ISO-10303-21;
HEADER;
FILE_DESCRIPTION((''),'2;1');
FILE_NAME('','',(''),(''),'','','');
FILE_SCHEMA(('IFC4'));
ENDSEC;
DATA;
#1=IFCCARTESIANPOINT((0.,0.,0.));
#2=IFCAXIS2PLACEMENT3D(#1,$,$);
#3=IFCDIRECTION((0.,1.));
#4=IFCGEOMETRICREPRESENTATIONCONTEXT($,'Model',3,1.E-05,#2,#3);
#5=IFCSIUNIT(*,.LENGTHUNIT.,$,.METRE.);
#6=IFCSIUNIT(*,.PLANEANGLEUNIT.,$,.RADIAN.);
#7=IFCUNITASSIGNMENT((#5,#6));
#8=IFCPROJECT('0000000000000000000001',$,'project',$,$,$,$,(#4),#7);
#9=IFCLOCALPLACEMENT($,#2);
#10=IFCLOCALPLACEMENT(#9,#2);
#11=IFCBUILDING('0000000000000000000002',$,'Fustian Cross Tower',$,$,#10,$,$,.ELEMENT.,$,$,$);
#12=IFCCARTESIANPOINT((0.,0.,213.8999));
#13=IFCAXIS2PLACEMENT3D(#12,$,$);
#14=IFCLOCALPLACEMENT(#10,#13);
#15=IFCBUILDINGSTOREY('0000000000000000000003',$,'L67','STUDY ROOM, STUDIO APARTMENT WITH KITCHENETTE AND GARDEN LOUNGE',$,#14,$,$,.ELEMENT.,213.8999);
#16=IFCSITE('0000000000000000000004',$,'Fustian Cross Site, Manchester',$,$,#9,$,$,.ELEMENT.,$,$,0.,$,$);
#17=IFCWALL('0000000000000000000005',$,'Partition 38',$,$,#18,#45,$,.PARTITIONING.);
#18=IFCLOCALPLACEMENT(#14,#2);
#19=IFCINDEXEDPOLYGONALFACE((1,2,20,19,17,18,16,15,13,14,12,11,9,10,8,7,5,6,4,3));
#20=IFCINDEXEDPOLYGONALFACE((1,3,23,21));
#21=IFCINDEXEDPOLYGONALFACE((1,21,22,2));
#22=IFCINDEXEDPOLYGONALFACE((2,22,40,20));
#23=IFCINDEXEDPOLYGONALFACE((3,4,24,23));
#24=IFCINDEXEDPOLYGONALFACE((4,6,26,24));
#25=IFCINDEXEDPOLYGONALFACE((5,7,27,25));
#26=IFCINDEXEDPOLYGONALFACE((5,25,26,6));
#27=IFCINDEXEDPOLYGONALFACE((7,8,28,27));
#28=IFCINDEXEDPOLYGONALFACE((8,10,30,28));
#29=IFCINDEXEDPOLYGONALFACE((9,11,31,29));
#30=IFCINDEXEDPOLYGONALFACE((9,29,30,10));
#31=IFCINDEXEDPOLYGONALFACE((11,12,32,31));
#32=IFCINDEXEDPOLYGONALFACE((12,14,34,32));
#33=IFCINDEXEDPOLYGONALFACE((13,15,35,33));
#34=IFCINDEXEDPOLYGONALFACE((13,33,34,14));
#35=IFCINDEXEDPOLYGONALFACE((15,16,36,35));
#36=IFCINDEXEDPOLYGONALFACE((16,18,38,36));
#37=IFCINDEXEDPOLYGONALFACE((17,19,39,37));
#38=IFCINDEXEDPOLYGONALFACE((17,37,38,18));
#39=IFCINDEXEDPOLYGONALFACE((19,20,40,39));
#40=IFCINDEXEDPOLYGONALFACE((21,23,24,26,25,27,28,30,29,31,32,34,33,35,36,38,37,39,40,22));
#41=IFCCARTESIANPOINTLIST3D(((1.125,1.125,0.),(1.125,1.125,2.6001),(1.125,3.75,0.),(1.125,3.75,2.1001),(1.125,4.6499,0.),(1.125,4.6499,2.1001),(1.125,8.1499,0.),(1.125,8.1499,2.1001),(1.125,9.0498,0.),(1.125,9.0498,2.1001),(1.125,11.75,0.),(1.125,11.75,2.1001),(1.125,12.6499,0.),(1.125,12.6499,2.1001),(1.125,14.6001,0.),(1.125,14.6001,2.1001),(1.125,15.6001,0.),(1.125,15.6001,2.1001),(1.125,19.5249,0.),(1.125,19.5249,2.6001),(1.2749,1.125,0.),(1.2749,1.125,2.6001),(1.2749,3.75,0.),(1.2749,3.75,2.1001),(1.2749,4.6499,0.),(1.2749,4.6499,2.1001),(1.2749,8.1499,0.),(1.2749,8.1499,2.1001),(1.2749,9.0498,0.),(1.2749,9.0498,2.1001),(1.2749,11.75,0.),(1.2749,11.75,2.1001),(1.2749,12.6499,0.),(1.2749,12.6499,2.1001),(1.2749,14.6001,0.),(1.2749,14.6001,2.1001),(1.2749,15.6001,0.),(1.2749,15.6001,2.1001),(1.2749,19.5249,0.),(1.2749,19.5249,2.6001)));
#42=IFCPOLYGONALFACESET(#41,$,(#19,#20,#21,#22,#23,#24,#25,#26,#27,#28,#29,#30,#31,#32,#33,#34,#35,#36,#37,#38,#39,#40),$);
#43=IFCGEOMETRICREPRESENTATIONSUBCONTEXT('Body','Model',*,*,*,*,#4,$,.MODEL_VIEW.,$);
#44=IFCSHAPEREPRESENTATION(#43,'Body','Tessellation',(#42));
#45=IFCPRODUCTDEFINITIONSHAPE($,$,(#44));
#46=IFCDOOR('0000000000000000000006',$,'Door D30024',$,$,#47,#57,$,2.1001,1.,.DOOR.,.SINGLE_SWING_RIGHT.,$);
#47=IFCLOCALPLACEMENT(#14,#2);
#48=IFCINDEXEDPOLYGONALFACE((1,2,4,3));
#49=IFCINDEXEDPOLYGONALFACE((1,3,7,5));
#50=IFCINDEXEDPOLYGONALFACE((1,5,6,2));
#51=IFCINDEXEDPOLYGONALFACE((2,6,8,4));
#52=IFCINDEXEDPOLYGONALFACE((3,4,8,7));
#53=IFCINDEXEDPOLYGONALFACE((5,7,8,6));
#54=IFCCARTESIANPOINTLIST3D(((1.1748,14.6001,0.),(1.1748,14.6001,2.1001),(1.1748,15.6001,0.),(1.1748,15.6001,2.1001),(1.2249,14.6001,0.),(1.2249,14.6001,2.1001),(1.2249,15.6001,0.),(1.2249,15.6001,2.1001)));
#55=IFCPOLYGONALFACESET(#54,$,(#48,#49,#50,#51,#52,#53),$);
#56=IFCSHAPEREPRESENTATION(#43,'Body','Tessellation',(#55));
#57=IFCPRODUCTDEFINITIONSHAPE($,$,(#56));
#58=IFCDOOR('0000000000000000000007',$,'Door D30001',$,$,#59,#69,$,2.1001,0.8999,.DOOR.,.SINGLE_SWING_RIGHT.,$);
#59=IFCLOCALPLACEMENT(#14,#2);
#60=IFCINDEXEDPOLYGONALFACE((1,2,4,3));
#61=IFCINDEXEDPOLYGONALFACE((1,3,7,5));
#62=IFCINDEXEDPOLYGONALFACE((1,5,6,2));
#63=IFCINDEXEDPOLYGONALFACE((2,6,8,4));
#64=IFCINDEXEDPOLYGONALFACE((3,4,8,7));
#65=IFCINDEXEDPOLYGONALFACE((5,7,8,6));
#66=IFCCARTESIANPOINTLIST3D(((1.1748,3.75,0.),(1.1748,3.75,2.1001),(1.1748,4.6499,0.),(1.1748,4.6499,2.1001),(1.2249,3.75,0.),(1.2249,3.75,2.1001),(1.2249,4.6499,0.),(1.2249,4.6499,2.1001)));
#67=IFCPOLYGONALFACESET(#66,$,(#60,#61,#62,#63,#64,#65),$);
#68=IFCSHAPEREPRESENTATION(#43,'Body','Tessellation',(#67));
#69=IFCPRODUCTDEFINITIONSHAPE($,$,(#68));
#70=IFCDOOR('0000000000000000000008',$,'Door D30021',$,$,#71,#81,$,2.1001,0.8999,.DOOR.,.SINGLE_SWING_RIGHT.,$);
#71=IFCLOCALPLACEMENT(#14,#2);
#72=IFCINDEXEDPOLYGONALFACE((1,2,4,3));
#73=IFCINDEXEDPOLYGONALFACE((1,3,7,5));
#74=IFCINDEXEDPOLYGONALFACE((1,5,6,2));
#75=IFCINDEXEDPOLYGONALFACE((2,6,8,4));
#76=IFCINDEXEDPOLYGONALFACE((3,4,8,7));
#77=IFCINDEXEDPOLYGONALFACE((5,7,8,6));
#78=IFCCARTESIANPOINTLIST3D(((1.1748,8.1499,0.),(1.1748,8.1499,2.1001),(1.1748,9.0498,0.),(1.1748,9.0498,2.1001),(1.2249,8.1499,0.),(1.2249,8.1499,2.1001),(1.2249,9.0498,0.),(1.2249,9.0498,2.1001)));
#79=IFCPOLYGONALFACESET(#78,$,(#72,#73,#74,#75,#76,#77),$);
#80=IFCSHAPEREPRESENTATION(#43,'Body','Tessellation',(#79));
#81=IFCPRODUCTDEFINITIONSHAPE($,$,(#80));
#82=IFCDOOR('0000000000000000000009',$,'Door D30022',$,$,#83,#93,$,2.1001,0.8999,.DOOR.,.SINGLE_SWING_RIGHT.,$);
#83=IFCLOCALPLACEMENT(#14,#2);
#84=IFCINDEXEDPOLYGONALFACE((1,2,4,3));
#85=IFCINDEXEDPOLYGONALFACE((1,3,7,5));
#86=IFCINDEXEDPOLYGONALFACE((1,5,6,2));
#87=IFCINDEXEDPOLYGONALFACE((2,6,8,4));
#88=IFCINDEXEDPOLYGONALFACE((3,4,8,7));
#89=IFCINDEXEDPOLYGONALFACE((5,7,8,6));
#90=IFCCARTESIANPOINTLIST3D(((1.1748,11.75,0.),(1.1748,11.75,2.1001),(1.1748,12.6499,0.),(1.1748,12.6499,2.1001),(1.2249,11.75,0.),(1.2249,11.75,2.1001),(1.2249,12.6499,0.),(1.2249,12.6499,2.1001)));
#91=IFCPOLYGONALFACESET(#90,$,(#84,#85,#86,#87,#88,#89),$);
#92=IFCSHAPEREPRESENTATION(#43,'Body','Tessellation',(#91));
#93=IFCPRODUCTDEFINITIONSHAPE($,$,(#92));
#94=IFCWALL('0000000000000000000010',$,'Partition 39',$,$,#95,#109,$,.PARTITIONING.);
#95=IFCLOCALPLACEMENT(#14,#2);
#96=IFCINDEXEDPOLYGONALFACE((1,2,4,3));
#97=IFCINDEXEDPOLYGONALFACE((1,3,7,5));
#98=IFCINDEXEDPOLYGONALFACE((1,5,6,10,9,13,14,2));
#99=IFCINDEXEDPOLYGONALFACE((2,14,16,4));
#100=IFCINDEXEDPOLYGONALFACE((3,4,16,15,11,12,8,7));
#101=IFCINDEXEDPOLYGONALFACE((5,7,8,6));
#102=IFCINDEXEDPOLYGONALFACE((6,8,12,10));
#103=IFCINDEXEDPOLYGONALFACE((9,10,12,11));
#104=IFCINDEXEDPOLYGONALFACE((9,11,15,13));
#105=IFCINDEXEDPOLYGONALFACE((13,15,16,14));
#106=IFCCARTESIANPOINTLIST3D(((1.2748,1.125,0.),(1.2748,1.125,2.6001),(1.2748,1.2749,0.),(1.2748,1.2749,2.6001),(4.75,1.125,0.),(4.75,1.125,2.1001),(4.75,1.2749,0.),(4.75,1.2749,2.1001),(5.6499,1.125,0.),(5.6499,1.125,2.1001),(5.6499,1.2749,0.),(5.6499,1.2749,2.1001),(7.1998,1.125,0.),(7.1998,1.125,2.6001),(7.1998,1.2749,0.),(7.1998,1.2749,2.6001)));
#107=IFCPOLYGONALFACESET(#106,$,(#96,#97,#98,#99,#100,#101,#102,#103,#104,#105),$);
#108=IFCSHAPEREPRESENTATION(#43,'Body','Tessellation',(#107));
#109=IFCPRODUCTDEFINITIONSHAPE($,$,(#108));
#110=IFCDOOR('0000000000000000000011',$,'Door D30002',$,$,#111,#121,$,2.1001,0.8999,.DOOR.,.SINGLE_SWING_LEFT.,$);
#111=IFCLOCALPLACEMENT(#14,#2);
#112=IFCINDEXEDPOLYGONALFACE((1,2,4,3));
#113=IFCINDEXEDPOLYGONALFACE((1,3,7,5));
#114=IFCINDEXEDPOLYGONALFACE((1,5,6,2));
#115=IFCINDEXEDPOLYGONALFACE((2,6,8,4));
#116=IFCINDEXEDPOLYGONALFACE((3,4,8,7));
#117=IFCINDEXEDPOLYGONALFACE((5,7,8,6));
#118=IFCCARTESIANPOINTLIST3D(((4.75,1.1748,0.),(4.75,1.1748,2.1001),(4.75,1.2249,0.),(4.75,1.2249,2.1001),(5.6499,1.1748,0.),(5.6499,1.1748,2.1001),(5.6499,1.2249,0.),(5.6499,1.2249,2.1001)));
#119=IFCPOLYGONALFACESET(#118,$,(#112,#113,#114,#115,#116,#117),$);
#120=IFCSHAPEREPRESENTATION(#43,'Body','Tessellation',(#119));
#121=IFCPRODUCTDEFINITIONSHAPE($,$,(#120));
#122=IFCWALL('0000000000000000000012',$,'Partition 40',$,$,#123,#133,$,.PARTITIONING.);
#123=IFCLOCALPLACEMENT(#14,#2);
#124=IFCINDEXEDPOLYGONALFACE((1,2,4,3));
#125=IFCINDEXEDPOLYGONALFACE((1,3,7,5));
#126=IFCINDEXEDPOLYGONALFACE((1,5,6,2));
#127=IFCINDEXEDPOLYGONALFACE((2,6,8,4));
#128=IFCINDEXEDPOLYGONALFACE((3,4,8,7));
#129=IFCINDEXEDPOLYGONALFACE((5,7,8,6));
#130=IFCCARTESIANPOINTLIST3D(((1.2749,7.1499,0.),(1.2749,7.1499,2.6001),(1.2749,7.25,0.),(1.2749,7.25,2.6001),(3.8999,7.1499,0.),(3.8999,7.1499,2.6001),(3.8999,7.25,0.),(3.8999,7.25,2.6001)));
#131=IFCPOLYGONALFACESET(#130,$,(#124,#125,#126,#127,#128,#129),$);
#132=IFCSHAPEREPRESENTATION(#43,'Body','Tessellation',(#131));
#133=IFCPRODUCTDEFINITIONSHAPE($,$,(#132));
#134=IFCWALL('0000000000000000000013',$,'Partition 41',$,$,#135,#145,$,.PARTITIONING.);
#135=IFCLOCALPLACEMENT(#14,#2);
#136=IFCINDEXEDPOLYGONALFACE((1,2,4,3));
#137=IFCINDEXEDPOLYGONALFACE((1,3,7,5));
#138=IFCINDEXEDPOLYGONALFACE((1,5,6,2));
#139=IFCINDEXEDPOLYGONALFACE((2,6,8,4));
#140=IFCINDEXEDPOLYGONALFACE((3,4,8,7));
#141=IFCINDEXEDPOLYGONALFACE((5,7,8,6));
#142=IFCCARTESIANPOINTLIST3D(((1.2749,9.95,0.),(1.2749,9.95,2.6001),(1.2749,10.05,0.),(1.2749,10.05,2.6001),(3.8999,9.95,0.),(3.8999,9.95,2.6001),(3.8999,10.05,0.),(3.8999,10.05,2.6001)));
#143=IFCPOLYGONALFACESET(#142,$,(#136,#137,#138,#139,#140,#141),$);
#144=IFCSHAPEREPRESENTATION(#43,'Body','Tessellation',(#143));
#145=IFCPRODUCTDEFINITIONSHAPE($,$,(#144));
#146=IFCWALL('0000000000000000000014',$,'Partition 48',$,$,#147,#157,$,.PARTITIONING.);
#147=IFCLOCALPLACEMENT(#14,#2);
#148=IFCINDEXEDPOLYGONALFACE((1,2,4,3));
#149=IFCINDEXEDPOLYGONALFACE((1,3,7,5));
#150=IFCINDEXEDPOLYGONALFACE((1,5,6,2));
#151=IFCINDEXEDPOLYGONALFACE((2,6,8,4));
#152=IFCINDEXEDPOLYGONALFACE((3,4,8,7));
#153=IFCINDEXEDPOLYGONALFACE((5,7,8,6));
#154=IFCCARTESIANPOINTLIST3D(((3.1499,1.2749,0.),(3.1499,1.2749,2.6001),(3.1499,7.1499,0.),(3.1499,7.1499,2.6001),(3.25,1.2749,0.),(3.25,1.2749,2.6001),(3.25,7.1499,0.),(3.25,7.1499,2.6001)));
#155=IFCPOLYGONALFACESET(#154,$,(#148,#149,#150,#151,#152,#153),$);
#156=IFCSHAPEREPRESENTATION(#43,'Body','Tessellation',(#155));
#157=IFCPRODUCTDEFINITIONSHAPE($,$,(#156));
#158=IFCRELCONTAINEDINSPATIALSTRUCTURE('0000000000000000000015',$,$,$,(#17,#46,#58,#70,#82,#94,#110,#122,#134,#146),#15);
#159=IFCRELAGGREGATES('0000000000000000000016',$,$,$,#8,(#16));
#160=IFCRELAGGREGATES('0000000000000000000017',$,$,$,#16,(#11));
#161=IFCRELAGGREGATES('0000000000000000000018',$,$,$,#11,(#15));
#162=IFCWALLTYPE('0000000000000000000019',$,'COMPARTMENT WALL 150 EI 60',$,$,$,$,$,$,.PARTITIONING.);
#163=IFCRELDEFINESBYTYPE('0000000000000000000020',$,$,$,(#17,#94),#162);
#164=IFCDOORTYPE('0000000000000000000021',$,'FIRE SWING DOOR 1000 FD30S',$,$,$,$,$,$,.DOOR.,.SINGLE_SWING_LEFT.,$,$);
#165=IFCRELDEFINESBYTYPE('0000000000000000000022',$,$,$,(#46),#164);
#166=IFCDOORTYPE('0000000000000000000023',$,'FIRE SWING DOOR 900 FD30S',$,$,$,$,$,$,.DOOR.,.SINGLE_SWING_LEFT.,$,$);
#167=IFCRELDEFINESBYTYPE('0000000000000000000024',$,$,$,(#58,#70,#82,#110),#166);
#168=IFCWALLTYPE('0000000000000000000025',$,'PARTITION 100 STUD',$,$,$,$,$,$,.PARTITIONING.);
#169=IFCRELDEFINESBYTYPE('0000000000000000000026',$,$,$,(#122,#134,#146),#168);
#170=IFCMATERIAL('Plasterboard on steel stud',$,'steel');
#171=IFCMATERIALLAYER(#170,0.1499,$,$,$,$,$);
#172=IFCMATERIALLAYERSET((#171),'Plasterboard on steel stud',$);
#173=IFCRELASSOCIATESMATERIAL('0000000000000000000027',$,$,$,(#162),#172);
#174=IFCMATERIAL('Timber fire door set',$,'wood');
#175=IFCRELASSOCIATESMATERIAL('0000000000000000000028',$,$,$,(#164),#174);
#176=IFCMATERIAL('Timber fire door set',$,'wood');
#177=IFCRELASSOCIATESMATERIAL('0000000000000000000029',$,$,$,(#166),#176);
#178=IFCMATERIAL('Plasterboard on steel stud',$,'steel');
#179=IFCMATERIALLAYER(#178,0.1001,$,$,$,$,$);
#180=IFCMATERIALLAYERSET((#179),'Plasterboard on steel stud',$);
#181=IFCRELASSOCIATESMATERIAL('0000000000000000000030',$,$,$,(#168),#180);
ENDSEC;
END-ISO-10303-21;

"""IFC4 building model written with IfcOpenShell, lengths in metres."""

from ifc_helpers import new_model, si_unit, direction, frame, frame_2d, origin, place, context, subcontext, project, spatial, rectangle, extrude, material, layer, layer_set, type_object, element, fill, save


model = new_model("IFC4")

# Units and contexts
model_context = context("Model", 3, precision=1e-05, world=origin(), true_north=direction((0.0, 1.0)))
body_context = subcontext(model_context, "Body", "Model", "MODEL_VIEW")
ifc_project = project(units=[si_unit("LENGTHUNIT", "METRE"), si_unit("PLANEANGLEUNIT", "RADIAN")], contexts=[model_context])

# Site, building, storey
site_placement = place(None, origin())
site = spatial("IfcSite", under=ifc_project, at=site_placement, Name="Fustian Cross Site, Manchester", CompositionType="ELEMENT", RefElevation=0.0)
building_placement = place(site_placement, origin())
building = spatial("IfcBuilding", under=site, at=building_placement, Name="Fustian Cross Tower", CompositionType="ELEMENT")
storey_placement = place(building_placement, frame((0.0, 0.0, 213.8999)))
storey = spatial("IfcBuildingStorey", under=building, at=storey_placement, Name="L67", Description="STUDY ROOM, STUDIO APARTMENT WITH KITCHENETTE AND GARDEN LOUNGE", CompositionType="ELEMENT", Elevation=213.8999)

# Wall, openings, doors
ifc_material_1 = material(Name="Plasterboard on steel stud", Category="steel")
ifc_layer_1 = layer(ifc_material_1, 0.1499)
ifc_layer_set_1 = layer_set([ifc_layer_1], Name="Plasterboard on steel stud")
wall_type_1 = type_object("IfcWallType", Name="COMPARTMENT WALL 150 EI 60", PredefinedType="PARTITIONING", material=ifc_layer_set_1)
wall_1_placement = place(storey_placement, frame((1.2, 1.125, 0.0), z_axis=(0.0, 0.0, 1.0), x_axis=(0.0, 1.0, 0.0)))
wall_1 = element("IfcWall", 1, at=wall_1_placement, inside=storey, type_object=wall_type_1, Name="Partition 38", PredefinedType="PARTITIONING", context=body_context, shape_type="SweptSolid", body=[
    extrude(rectangle(XDim=18.3999, YDim=0.1499, at=frame_2d((9.2, 0.0))), origin(), (0.0, 0.0, 1.0), 2.6001),
])
opening_1_placement = place(wall_1_placement, frame((2.625, 0.0, 0.0)))
opening_1 = element("IfcOpeningElement", 2, at=opening_1_placement, cuts=wall_1, PredefinedType="OPENING", context=body_context, shape_type="SweptSolid", body=[
    extrude(rectangle(XDim=0.8999, YDim=2.1001, at=frame_2d((0.45, 1.05))), frame((0.0, 0.085, 0.0), z_axis=(0.0, -1.0, 0.0), x_axis=(1.0, 0.0, 0.0)), (0.0, 0.0, 1.0), 0.1699),
])
opening_2_placement = place(wall_1_placement, frame((7.0249, 0.0, 0.0)))
opening_2 = element("IfcOpeningElement", 3, at=opening_2_placement, cuts=wall_1, PredefinedType="OPENING", context=body_context, shape_type="SweptSolid", body=[
    extrude(rectangle(XDim=0.8999, YDim=2.1001, at=frame_2d((0.45, 1.05))), frame((0.0, 0.085, 0.0), z_axis=(0.0, -1.0, 0.0), x_axis=(1.0, 0.0, 0.0)), (0.0, 0.0, 1.0), 0.1699),
])
opening_3_placement = place(wall_1_placement, frame((10.625, 0.0, 0.0)))
opening_3 = element("IfcOpeningElement", 4, at=opening_3_placement, cuts=wall_1, PredefinedType="OPENING", context=body_context, shape_type="SweptSolid", body=[
    extrude(rectangle(XDim=0.8999, YDim=2.1001, at=frame_2d((0.45, 1.05))), frame((0.0, 0.085, 0.0), z_axis=(0.0, -1.0, 0.0), x_axis=(1.0, 0.0, 0.0)), (0.0, 0.0, 1.0), 0.1699),
])
opening_4_placement = place(wall_1_placement, frame((13.4751, 0.0, 0.0)))
opening_4 = element("IfcOpeningElement", 5, at=opening_4_placement, cuts=wall_1, PredefinedType="OPENING", context=body_context, shape_type="SweptSolid", body=[
    extrude(rectangle(XDim=1.0, YDim=2.1001, at=frame_2d((0.5, 1.05))), frame((0.0, 0.085, 0.0), z_axis=(0.0, -1.0, 0.0), x_axis=(1.0, 0.0, 0.0)), (0.0, 0.0, 1.0), 0.1699),
])
ifc_material_2 = material(Name="Timber fire door set", Category="wood")
door_type_1 = type_object("IfcDoorType", Name="FIRE SWING DOOR 1000 FD30S", OperationType="SINGLE_SWING_LEFT", PredefinedType="DOOR", material=ifc_material_2)
door_1_placement = place(opening_4_placement, frame((1.0, 0.0, 0.0), z_axis=(0.0, 0.0, 1.0), x_axis=(-1.0, 0.0, 0.0)))
door_1 = element("IfcDoor", 6, at=door_1_placement, inside=storey, type_object=door_type_1, Name="Door D30024", OperationType="SINGLE_SWING_RIGHT", OverallHeight=2.1001, OverallWidth=1.0, PredefinedType="DOOR", context=body_context, shape_type="SweptSolid", body=[
    extrude(rectangle(XDim=1.0, YDim=2.1001, at=frame_2d((0.5, 1.05))), frame((0.0, 0.0249, 0.0), z_axis=(0.0, -1.0, 0.0), x_axis=(1.0, 0.0, 0.0)), (0.0, 0.0, 1.0), 0.05),
])
fill(opening_4, door_1)
ifc_material_3 = material(Name="Timber fire door set", Category="wood")
door_type_2 = type_object("IfcDoorType", Name="FIRE SWING DOOR 900 FD30S", OperationType="SINGLE_SWING_LEFT", PredefinedType="DOOR", material=ifc_material_3)
door_2_placement = place(opening_1_placement, frame((0.8999, 0.0, 0.0), z_axis=(0.0, 0.0, 1.0), x_axis=(-1.0, 0.0, 0.0)))
door_2 = element("IfcDoor", 7, at=door_2_placement, inside=storey, type_object=door_type_2, Name="Door D30001", OperationType="SINGLE_SWING_RIGHT", OverallHeight=2.1001, OverallWidth=0.8999, PredefinedType="DOOR", context=body_context, shape_type="SweptSolid", body=[
    extrude(rectangle(XDim=0.8999, YDim=2.1001, at=frame_2d((0.45, 1.05))), frame((0.0, 0.0249, 0.0), z_axis=(0.0, -1.0, 0.0), x_axis=(1.0, 0.0, 0.0)), (0.0, 0.0, 1.0), 0.05),
])
fill(opening_1, door_2)
door_3_placement = place(opening_2_placement, frame((0.8999, 0.0, 0.0), z_axis=(0.0, 0.0, 1.0), x_axis=(-1.0, 0.0, 0.0)))
door_3 = element("IfcDoor", 8, at=door_3_placement, inside=storey, type_object=door_type_2, Name="Door D30021", OperationType="SINGLE_SWING_RIGHT", OverallHeight=2.1001, OverallWidth=0.8999, PredefinedType="DOOR", context=body_context, shape_type="SweptSolid", body=[
    extrude(rectangle(XDim=0.8999, YDim=2.1001, at=frame_2d((0.45, 1.05))), frame((0.0, 0.0249, 0.0), z_axis=(0.0, -1.0, 0.0), x_axis=(1.0, 0.0, 0.0)), (0.0, 0.0, 1.0), 0.05),
])
fill(opening_2, door_3)
door_4_placement = place(opening_3_placement, frame((0.8999, 0.0, 0.0), z_axis=(0.0, 0.0, 1.0), x_axis=(-1.0, 0.0, 0.0)))
door_4 = element("IfcDoor", 9, at=door_4_placement, inside=storey, type_object=door_type_2, Name="Door D30022", OperationType="SINGLE_SWING_RIGHT", OverallHeight=2.1001, OverallWidth=0.8999, PredefinedType="DOOR", context=body_context, shape_type="SweptSolid", body=[
    extrude(rectangle(XDim=0.8999, YDim=2.1001, at=frame_2d((0.45, 1.05))), frame((0.0, 0.0249, 0.0), z_axis=(0.0, -1.0, 0.0), x_axis=(1.0, 0.0, 0.0)), (0.0, 0.0, 1.0), 0.05),
])
fill(opening_3, door_4)

# Wall, opening, door
wall_2_placement = place(storey_placement, frame((1.2749, 1.2, 0.0), z_axis=(0.0, 0.0, 1.0), x_axis=(1.0, 0.0, 0.0)))
wall_2 = element("IfcWall", 10, at=wall_2_placement, inside=storey, type_object=wall_type_1, Name="Partition 39", PredefinedType="PARTITIONING", context=body_context, shape_type="SweptSolid", body=[
    extrude(rectangle(XDim=5.925, YDim=0.1499, at=frame_2d((2.9624, 0.0))), origin(), (0.0, 0.0, 1.0), 2.6001),
])
opening_5_placement = place(wall_2_placement, frame((3.4751, 0.0, 0.0)))
opening_5 = element("IfcOpeningElement", 11, at=opening_5_placement, cuts=wall_2, PredefinedType="OPENING", context=body_context, shape_type="SweptSolid", body=[
    extrude(rectangle(XDim=0.8999, YDim=2.1001, at=frame_2d((0.45, 1.05))), frame((0.0, 0.085, 0.0), z_axis=(0.0, -1.0, 0.0), x_axis=(1.0, 0.0, 0.0)), (0.0, 0.0, 1.0), 0.1699),
])
door_5_placement = place(opening_5_placement, origin())
door_5 = element("IfcDoor", 12, at=door_5_placement, inside=storey, type_object=door_type_2, Name="Door D30002", OperationType="SINGLE_SWING_LEFT", OverallHeight=2.1001, OverallWidth=0.8999, PredefinedType="DOOR", context=body_context, shape_type="SweptSolid", body=[
    extrude(rectangle(XDim=0.8999, YDim=2.1001, at=frame_2d((0.45, 1.05))), frame((0.0, 0.0249, 0.0), z_axis=(0.0, -1.0, 0.0), x_axis=(1.0, 0.0, 0.0)), (0.0, 0.0, 1.0), 0.05),
])
fill(opening_5, door_5)

# Walls
ifc_material_4 = material(Name="Plasterboard on steel stud", Category="steel")
ifc_layer_2 = layer(ifc_material_4, 0.1001)
ifc_layer_set_2 = layer_set([ifc_layer_2], Name="Plasterboard on steel stud")
wall_type_2 = type_object("IfcWallType", Name="PARTITION 100 STUD", PredefinedType="PARTITIONING", material=ifc_layer_set_2)
for number, where, z_axis, x_axis, name in (
    (13, (1.2749, 7.2, 0.0), (0.0, 0.0, 1.0), (1.0, 0.0, 0.0), "Partition 40"),
    (14, (1.2749, 10.0, 0.0), (0.0, 0.0, 1.0), (1.0, 0.0, 0.0), "Partition 41"),
):
    element("IfcWall", number, at=place(storey_placement, frame(where, z_axis=z_axis, x_axis=x_axis)), inside=storey, type_object=wall_type_2, Name=name, PredefinedType="PARTITIONING", context=body_context, shape_type="SweptSolid", body=[
        extrude(rectangle(XDim=2.625, YDim=0.1001, at=frame_2d((1.3125, 0.0))), origin(), (0.0, 0.0, 1.0), 2.6001),
    ])
wall_3_placement = place(storey_placement, frame((3.2, 1.2749, 0.0), z_axis=(0.0, 0.0, 1.0), x_axis=(0.0, 1.0, 0.0)))
element("IfcWall", 15, at=wall_3_placement, inside=storey, type_object=wall_type_2, Name="Partition 48", PredefinedType="PARTITIONING", context=body_context, shape_type="SweptSolid", body=[
    extrude(rectangle(XDim=5.875, YDim=0.1001, at=frame_2d((2.9375, 0.0))), origin(), (0.0, 0.0, 1.0), 2.6001),
])

save(model, "model.ifc")
